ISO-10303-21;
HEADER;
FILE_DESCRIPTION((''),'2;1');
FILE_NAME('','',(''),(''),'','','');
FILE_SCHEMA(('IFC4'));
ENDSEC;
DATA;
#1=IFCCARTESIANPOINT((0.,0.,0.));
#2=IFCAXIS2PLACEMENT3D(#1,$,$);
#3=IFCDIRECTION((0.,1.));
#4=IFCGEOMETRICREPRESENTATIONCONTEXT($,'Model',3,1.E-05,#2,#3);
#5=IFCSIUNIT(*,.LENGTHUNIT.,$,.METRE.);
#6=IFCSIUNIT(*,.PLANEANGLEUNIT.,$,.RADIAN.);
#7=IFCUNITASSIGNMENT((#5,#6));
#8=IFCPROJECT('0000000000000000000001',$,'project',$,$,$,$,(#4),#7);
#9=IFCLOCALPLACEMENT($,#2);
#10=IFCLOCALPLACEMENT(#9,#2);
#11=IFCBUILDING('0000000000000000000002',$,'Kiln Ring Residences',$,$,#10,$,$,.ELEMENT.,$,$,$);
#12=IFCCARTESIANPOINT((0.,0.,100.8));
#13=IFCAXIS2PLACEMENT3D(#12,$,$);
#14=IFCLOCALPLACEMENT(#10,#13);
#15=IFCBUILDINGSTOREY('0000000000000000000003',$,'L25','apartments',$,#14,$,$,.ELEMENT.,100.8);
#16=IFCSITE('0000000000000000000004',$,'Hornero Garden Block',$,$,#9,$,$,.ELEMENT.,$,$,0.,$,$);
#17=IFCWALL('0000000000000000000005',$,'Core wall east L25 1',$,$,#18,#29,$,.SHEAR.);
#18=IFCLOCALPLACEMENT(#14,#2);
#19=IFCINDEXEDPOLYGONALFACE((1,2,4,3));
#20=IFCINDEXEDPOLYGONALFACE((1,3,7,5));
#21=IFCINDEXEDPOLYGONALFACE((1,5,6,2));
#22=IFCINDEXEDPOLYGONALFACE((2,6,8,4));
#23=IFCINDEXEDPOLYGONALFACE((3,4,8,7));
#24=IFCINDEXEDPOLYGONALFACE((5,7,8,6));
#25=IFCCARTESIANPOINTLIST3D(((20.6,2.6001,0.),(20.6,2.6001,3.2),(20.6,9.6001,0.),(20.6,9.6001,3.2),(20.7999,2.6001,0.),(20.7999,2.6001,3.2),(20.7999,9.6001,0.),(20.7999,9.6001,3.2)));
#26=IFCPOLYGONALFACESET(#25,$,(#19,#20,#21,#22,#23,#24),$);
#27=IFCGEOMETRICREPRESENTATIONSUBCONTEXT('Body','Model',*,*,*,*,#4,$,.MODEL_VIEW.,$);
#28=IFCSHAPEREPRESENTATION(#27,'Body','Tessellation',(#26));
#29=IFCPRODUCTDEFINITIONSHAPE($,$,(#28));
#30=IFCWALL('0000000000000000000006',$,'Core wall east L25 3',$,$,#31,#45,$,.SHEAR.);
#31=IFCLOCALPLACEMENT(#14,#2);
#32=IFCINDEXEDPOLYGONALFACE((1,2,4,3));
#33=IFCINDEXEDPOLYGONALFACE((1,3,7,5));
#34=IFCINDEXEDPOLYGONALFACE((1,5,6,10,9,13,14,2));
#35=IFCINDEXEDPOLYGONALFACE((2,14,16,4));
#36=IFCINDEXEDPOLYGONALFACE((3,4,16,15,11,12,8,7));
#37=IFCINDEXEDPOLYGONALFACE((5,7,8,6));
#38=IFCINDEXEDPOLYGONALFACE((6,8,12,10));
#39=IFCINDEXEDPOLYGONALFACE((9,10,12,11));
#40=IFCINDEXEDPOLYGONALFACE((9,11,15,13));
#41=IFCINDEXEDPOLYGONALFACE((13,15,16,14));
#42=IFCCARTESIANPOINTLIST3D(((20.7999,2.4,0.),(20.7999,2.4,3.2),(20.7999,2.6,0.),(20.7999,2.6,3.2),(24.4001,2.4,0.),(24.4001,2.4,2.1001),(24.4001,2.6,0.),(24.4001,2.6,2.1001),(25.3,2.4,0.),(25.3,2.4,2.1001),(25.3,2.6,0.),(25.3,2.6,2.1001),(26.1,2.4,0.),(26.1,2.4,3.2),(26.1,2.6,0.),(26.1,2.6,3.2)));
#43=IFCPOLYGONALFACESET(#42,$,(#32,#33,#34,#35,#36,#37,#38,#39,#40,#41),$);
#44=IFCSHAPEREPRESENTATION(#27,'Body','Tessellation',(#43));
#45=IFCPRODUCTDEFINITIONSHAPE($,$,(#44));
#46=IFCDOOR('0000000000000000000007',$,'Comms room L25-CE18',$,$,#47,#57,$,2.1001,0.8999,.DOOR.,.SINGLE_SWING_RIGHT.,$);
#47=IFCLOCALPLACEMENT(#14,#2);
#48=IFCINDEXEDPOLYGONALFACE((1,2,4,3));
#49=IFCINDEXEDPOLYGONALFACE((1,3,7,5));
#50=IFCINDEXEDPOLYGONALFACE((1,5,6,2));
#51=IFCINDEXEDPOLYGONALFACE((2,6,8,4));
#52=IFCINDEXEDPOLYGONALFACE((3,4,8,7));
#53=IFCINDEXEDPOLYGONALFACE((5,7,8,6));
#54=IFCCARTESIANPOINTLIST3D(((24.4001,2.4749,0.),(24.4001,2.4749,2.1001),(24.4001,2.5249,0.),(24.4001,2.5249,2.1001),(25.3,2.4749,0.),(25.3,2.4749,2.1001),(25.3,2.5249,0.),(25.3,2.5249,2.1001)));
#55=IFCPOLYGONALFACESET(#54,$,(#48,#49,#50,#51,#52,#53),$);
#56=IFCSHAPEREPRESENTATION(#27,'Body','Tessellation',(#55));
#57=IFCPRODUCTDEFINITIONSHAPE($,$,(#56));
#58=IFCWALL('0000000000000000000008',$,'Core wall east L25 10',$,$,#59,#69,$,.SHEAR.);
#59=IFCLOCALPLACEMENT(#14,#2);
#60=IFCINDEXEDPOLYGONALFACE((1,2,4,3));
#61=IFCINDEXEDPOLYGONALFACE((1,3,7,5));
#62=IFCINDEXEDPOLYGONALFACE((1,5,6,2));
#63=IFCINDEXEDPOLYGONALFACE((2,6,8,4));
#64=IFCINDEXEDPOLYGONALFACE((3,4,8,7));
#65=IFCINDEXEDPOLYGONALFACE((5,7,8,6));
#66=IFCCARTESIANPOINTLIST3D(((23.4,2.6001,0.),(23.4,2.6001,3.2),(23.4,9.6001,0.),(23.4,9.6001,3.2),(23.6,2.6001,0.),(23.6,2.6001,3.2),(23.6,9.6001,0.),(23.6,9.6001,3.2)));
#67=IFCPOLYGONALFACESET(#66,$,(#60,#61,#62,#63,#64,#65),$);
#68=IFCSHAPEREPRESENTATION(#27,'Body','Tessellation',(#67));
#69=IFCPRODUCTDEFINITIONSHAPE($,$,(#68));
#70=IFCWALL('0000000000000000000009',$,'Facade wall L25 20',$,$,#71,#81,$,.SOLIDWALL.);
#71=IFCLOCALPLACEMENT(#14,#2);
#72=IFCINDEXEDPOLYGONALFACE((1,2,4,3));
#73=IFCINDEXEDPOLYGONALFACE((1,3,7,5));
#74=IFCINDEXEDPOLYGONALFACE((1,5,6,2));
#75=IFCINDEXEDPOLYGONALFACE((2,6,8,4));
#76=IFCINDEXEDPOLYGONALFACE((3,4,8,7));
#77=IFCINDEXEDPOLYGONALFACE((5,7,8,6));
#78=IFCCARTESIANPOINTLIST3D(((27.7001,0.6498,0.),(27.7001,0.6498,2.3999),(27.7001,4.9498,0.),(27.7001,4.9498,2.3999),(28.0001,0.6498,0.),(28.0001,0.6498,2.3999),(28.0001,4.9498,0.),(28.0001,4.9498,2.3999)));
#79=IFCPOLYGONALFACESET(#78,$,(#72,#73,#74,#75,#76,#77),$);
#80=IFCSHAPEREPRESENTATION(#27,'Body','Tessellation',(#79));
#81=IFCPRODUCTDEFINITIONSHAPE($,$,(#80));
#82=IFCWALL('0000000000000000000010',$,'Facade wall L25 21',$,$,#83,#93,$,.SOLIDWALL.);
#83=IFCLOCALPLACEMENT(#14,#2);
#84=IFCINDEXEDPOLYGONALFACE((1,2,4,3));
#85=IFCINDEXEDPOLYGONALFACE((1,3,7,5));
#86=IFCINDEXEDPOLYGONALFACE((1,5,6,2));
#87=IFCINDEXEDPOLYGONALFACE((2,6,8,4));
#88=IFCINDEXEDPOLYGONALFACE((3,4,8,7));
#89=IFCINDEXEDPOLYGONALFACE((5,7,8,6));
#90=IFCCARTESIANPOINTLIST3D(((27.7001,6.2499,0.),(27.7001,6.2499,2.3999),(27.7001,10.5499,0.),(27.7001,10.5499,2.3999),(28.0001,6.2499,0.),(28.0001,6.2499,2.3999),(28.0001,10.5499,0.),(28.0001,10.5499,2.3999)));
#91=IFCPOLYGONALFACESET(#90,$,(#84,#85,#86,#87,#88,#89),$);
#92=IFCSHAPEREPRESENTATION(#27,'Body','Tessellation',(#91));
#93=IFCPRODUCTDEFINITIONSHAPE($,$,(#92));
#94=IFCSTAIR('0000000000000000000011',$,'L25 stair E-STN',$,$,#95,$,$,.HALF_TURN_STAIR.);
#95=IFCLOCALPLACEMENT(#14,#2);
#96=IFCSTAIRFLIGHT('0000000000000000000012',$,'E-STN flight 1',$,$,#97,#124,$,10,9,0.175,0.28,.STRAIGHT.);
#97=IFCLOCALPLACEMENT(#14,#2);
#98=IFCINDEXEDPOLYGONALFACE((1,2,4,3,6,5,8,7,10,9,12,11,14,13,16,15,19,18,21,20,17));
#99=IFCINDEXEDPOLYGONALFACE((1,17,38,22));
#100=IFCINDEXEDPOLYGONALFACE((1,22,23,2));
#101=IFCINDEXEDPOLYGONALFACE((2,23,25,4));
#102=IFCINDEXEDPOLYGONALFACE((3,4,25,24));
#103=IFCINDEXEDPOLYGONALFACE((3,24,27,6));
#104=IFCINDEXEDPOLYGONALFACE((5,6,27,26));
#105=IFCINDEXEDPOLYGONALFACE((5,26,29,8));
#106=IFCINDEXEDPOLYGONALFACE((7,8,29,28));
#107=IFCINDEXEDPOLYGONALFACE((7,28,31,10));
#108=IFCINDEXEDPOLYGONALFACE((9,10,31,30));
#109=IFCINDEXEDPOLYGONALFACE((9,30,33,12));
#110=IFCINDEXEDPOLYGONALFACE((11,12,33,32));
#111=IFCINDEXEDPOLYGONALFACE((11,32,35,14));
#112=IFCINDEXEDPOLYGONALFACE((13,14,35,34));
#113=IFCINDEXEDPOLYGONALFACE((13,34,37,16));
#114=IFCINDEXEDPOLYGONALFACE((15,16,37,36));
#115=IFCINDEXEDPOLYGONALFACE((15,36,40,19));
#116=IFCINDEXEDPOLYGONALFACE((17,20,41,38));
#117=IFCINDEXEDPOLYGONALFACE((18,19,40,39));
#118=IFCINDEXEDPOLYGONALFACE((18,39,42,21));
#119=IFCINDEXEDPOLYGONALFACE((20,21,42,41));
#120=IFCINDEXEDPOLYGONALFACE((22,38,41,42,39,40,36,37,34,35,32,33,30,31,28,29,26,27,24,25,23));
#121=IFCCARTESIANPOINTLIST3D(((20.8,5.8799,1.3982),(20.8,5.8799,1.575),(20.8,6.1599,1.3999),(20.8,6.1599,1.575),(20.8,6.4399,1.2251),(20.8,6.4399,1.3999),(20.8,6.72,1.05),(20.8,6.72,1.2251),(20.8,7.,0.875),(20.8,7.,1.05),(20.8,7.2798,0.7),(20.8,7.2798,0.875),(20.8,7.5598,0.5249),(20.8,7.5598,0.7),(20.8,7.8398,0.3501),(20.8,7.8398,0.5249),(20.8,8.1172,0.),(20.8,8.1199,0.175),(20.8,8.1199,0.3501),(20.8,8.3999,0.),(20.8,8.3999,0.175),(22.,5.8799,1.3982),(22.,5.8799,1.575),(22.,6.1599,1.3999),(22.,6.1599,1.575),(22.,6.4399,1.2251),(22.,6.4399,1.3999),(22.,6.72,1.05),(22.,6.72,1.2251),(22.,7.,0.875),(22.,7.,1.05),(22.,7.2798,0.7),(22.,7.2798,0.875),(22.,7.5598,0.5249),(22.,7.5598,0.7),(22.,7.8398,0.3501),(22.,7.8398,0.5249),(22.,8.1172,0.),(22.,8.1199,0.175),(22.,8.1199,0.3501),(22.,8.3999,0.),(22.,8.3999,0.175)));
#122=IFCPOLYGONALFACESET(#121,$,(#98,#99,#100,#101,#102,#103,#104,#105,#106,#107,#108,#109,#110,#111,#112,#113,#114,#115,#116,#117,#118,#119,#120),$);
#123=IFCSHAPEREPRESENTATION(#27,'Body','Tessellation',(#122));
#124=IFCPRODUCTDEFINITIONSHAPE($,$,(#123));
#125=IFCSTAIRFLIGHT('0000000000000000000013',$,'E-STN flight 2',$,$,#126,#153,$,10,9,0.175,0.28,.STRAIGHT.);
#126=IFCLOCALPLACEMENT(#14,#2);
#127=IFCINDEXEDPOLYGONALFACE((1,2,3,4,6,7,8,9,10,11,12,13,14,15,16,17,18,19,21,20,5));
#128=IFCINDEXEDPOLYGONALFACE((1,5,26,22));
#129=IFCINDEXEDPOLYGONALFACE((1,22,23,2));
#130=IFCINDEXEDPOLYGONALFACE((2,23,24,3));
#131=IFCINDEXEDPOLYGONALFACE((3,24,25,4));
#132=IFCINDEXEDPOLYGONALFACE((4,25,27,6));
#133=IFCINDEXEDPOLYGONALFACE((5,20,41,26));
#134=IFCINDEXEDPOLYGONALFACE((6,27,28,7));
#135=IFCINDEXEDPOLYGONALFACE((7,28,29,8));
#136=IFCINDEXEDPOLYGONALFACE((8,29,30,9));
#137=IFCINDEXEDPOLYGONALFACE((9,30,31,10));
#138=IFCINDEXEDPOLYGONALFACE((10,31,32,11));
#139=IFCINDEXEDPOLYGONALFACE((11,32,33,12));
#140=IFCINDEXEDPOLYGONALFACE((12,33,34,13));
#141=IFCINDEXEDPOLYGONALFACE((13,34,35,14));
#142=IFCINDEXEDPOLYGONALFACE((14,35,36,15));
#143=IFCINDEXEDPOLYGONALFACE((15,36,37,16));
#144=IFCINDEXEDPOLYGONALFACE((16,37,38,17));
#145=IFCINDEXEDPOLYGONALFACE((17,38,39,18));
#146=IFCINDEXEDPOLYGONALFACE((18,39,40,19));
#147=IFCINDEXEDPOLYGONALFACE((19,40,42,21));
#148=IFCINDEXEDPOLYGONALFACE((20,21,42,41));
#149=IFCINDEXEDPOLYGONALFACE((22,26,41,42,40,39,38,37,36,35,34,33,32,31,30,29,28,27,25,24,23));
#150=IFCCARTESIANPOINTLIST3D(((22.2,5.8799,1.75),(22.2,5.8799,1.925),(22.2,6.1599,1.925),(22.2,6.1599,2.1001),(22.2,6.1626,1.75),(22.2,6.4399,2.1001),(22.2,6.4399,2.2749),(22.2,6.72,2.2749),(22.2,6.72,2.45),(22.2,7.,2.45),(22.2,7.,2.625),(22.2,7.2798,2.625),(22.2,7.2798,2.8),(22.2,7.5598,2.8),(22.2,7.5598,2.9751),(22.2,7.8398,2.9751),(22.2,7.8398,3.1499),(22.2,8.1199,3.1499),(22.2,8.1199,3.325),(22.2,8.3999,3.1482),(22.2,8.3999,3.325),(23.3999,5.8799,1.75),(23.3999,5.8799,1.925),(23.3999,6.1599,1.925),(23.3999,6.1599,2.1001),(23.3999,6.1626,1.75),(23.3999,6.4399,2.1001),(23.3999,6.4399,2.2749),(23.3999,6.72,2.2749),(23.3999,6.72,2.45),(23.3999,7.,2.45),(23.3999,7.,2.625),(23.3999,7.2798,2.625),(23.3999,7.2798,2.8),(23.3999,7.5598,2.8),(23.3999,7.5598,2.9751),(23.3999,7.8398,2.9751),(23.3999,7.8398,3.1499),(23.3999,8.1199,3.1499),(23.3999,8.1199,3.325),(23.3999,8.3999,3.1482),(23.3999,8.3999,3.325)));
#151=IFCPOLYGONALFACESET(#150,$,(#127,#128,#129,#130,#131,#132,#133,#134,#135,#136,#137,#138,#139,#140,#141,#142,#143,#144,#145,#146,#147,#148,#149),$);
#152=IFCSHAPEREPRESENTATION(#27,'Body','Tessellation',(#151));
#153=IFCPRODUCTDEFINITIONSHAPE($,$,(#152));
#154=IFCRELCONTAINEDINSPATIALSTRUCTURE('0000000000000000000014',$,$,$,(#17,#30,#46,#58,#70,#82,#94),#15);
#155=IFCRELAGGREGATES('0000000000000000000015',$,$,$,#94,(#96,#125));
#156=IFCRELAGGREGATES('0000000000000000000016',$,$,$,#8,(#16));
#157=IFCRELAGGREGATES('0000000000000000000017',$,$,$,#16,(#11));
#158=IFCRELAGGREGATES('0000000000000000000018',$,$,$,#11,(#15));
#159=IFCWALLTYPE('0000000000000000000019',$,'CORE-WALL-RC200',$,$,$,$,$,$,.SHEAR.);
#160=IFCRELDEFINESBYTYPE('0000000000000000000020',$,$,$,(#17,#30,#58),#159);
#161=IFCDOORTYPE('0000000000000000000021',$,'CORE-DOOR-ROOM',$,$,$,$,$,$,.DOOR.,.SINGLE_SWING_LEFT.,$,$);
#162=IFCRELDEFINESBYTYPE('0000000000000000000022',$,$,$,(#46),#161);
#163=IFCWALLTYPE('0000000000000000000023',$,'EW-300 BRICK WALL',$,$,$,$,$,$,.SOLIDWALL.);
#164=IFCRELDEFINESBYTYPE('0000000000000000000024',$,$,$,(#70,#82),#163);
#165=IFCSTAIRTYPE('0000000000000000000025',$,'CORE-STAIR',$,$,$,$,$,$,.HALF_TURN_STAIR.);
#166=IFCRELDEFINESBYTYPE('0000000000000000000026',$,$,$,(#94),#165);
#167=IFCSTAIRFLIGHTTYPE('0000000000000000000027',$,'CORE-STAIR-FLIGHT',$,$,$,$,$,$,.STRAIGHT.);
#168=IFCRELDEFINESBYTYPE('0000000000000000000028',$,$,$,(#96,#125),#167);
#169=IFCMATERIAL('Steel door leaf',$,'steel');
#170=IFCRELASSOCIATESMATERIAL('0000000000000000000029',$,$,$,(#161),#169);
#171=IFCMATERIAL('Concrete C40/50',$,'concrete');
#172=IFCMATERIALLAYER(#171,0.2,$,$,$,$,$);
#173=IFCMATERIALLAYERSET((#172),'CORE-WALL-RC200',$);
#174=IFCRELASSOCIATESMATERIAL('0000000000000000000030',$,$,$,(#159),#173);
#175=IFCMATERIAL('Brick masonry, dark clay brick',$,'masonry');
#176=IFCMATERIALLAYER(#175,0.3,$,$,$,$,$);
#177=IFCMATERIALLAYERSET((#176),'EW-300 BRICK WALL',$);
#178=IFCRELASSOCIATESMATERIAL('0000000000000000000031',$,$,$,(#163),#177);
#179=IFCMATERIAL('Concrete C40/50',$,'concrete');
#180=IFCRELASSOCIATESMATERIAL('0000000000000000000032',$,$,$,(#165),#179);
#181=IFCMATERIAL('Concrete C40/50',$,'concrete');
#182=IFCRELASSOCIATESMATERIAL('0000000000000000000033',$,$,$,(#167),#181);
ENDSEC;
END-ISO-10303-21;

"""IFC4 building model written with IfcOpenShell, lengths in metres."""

from ifc_helpers import new_model, si_unit, direction, frame, frame_2d, origin, place, context, subcontext, project, spatial, polyline, rectangle, outline, extrude, material, layer, layer_set, type_object, element, fill, aggregate, save


model = new_model("IFC4")

# Units and contexts
model_context = context("Model", 3, precision=1e-05, world=origin(), true_north=direction((0.0, 1.0)))
body_context = subcontext(model_context, "Body", "Model", "MODEL_VIEW")
ifc_project = project(units=[si_unit("LENGTHUNIT", "METRE"), si_unit("PLANEANGLEUNIT", "RADIAN")], contexts=[model_context])

# Site, building, storey
site_placement = place(None, origin())
site = spatial("IfcSite", under=ifc_project, at=site_placement, Name="Hornero Garden Block", CompositionType="ELEMENT", RefElevation=0.0)
building_placement = place(site_placement, origin())
building = spatial("IfcBuilding", under=site, at=building_placement, Name="Kiln Ring Residences", CompositionType="ELEMENT")
storey_placement = place(building_placement, frame((0.0, 0.0, 100.8)))
storey = spatial("IfcBuildingStorey", under=building, at=storey_placement, Name="L25", Description="apartments", CompositionType="ELEMENT", Elevation=100.8)

# Shared definitions
ifc_material_1 = material(Name="Steel door leaf", Category="steel")
door_type = type_object("IfcDoorType", Name="CORE-DOOR-ROOM", OperationType="SINGLE_SWING_LEFT", PredefinedType="DOOR", material=ifc_material_1)

# Wall
ifc_material_2 = material(Name="Concrete C40/50", Category="concrete")
ifc_layer_1 = layer(ifc_material_2, 0.2)
ifc_layer_set_1 = layer_set([ifc_layer_1], Name="CORE-WALL-RC200")
wall_type_1 = type_object("IfcWallType", Name="CORE-WALL-RC200", PredefinedType="SHEAR", material=ifc_layer_set_1)
wall_1_placement = place(storey_placement, frame((20.7, 2.6001, 0.0), z_axis=(0.0, 0.0, 1.0), x_axis=(0.0, 1.0, 0.0)))
element("IfcWall", 1, at=wall_1_placement, inside=storey, type_object=wall_type_1, Name="Core wall east L25 1", PredefinedType="SHEAR", context=body_context, shape_type="SweptSolid", body=[
    extrude(rectangle(XDim=7.0, YDim=0.2, at=frame_2d((3.5, 0.0))), origin(), (0.0, 0.0, 1.0), 3.2),
])

# Wall, opening, door
wall_2_placement = place(storey_placement, frame((20.8, 2.5, 0.0), z_axis=(0.0, 0.0, 1.0), x_axis=(1.0, 0.0, 0.0)))
wall_2 = element("IfcWall", 2, at=wall_2_placement, inside=storey, type_object=wall_type_1, Name="Core wall east L25 3", PredefinedType="SHEAR", context=body_context, shape_type="SweptSolid", body=[
    extrude(rectangle(XDim=5.3, YDim=0.2, at=frame_2d((2.6499, 0.0))), origin(), (0.0, 0.0, 1.0), 3.2),
])
opening_1_placement = place(wall_2_placement, frame((3.6001, 0.0, 0.0)))
opening_1 = element("IfcOpeningElement", 3, at=opening_1_placement, cuts=wall_2, PredefinedType="OPENING", context=body_context, shape_type="SweptSolid", body=[
    extrude(rectangle(XDim=0.8999, YDim=2.1001, at=frame_2d((0.45, 1.05))), frame((0.0, 0.1099, 0.0), z_axis=(0.0, -1.0, 0.0), x_axis=(1.0, 0.0, 0.0)), (0.0, 0.0, 1.0), 0.22),
])
door_1_placement = place(opening_1_placement, origin())
door_1 = element("IfcDoor", 4, at=door_1_placement, inside=storey, type_object=door_type, Name="Comms room L25-CE18", OperationType="SINGLE_SWING_RIGHT", OverallHeight=2.1001, OverallWidth=0.8999, PredefinedType="DOOR", context=body_context, shape_type="SweptSolid", body=[
    extrude(rectangle(XDim=0.8999, YDim=2.1001, at=frame_2d((0.45, 1.05))), frame((0.0, 0.0249, 0.0), z_axis=(0.0, -1.0, 0.0), x_axis=(1.0, 0.0, 0.0)), (0.0, 0.0, 1.0), 0.05),
])
fill(opening_1, door_1)

# Walls
wall_3_placement = place(storey_placement, frame((23.5, 2.6001, 0.0), z_axis=(0.0, 0.0, 1.0), x_axis=(0.0, 1.0, 0.0)))
element("IfcWall", 5, at=wall_3_placement, inside=storey, type_object=wall_type_1, Name="Core wall east L25 10", PredefinedType="SHEAR", context=body_context, shape_type="SweptSolid", body=[
    extrude(rectangle(XDim=7.0, YDim=0.2, at=frame_2d((3.5, 0.0))), origin(), (0.0, 0.0, 1.0), 3.2),
])
ifc_material_3 = material(Name="Brick masonry, dark clay brick", Category="masonry")
ifc_layer_2 = layer(ifc_material_3, 0.3)
ifc_layer_set_2 = layer_set([ifc_layer_2], Name="EW-300 BRICK WALL")
wall_type_2 = type_object("IfcWallType", Name="EW-300 BRICK WALL", PredefinedType="SOLIDWALL", material=ifc_layer_set_2)
for number, where, z_axis, x_axis, name in (
    (6, (27.8501, 0.6499, 0.0), (0.0, 0.0, 1.0), (0.0, 1.0, 0.0), "Facade wall L25 20"),
    (7, (27.8501, 6.25, 0.0), (0.0, 0.0, 1.0), (0.0, 1.0, 0.0), "Facade wall L25 21"),
):
    element("IfcWall", number, at=place(storey_placement, frame(where, z_axis=z_axis, x_axis=x_axis)), inside=storey, type_object=wall_type_2, Name=name, PredefinedType="SOLIDWALL", context=body_context, shape_type="SweptSolid", body=[
        extrude(rectangle(XDim=4.3, YDim=0.3, at=frame_2d((2.1499, 0.0))), origin(), (0.0, 0.0, 1.0), 2.3999),
    ])

# Stair, stair flights
ifc_material_4 = material(Name="Concrete C40/50", Category="concrete")
stair_type = type_object("IfcStairType", Name="CORE-STAIR", PredefinedType="HALF_TURN_STAIR", material=ifc_material_4)
stair_placement = place(storey_placement, origin())
stair = element("IfcStair", 8, at=stair_placement, inside=storey, type_object=stair_type, Name="L25 stair E-STN", PredefinedType="HALF_TURN_STAIR")
ifc_material_5 = material(Name="Concrete C40/50", Category="concrete")
stair_flight_type = type_object("IfcStairFlightType", Name="CORE-STAIR-FLIGHT", PredefinedType="STRAIGHT", material=ifc_material_5)
stair_flight_1_placement = place(storey_placement, frame((21.3999, 8.3999, 0.0), z_axis=(0.0, 0.0, 1.0), x_axis=(0.0, -1.0, 0.0)))
stair_flight_1 = element("IfcStairFlight", 9, at=stair_flight_1_placement, type_object=stair_flight_type, Name="E-STN flight 1", NumberOfRisers=10, NumberOfTreads=9, PredefinedType="STRAIGHT", RiserHeight=0.175, TreadLength=0.28, context=body_context, shape_type="SweptSolid", body=[
    extrude(outline(polyline([(0.0, 0.0), (0.0, 0.175), (0.28, 0.175), (0.28, 0.3501), (0.5601, 0.3501), (0.5601, 0.5249), (0.8401, 0.5249), (0.8401, 0.7), (1.1201, 0.7), (1.1201, 0.875), (1.3999, 0.875), (1.3999, 1.05), (1.6799, 1.05), (1.6799, 1.2251), (1.96, 1.2251), (1.96, 1.3999), (2.24, 1.3999), (2.24, 1.575), (2.52, 1.575), (2.52, 1.75), (2.52, 1.3982), (0.2827, 0.0), (0.0, 0.0)])), frame((0.0, 0.6001, 0.0), z_axis=(0.0, -1.0, 0.0), x_axis=(1.0, 0.0, 0.0)), (0.0, 0.0, 1.0), 1.2),
])
stair_flight_2_placement = place(storey_placement, frame((22.8, 5.8799, 1.75), z_axis=(0.0, 0.0, 1.0), x_axis=(0.0, 1.0, 0.0)))
stair_flight_2 = element("IfcStairFlight", 10, at=stair_flight_2_placement, type_object=stair_flight_type, Name="E-STN flight 2", NumberOfRisers=10, NumberOfTreads=9, PredefinedType="STRAIGHT", RiserHeight=0.175, TreadLength=0.28, context=body_context, shape_type="SweptSolid", body=[
    extrude(outline(polyline([(0.0, 0.0), (0.0, 0.175), (0.28, 0.175), (0.28, 0.3501), (0.5601, 0.3501), (0.5601, 0.5249), (0.8401, 0.5249), (0.8401, 0.7), (1.1201, 0.7), (1.1201, 0.875), (1.3999, 0.875), (1.3999, 1.05), (1.6799, 1.05), (1.6799, 1.2251), (1.96, 1.2251), (1.96, 1.3999), (2.24, 1.3999), (2.24, 1.575), (2.52, 1.575), (2.52, 1.75), (2.52, 1.3982), (0.2827, 0.0), (0.0, 0.0)])), frame((0.0, 0.6001, 0.0), z_axis=(0.0, -1.0, 0.0), x_axis=(1.0, 0.0, 0.0)), (0.0, 0.0, 1.0), 1.2),
])
aggregate(stair, [stair_flight_1, stair_flight_2])

save(model, "model.ifc")
